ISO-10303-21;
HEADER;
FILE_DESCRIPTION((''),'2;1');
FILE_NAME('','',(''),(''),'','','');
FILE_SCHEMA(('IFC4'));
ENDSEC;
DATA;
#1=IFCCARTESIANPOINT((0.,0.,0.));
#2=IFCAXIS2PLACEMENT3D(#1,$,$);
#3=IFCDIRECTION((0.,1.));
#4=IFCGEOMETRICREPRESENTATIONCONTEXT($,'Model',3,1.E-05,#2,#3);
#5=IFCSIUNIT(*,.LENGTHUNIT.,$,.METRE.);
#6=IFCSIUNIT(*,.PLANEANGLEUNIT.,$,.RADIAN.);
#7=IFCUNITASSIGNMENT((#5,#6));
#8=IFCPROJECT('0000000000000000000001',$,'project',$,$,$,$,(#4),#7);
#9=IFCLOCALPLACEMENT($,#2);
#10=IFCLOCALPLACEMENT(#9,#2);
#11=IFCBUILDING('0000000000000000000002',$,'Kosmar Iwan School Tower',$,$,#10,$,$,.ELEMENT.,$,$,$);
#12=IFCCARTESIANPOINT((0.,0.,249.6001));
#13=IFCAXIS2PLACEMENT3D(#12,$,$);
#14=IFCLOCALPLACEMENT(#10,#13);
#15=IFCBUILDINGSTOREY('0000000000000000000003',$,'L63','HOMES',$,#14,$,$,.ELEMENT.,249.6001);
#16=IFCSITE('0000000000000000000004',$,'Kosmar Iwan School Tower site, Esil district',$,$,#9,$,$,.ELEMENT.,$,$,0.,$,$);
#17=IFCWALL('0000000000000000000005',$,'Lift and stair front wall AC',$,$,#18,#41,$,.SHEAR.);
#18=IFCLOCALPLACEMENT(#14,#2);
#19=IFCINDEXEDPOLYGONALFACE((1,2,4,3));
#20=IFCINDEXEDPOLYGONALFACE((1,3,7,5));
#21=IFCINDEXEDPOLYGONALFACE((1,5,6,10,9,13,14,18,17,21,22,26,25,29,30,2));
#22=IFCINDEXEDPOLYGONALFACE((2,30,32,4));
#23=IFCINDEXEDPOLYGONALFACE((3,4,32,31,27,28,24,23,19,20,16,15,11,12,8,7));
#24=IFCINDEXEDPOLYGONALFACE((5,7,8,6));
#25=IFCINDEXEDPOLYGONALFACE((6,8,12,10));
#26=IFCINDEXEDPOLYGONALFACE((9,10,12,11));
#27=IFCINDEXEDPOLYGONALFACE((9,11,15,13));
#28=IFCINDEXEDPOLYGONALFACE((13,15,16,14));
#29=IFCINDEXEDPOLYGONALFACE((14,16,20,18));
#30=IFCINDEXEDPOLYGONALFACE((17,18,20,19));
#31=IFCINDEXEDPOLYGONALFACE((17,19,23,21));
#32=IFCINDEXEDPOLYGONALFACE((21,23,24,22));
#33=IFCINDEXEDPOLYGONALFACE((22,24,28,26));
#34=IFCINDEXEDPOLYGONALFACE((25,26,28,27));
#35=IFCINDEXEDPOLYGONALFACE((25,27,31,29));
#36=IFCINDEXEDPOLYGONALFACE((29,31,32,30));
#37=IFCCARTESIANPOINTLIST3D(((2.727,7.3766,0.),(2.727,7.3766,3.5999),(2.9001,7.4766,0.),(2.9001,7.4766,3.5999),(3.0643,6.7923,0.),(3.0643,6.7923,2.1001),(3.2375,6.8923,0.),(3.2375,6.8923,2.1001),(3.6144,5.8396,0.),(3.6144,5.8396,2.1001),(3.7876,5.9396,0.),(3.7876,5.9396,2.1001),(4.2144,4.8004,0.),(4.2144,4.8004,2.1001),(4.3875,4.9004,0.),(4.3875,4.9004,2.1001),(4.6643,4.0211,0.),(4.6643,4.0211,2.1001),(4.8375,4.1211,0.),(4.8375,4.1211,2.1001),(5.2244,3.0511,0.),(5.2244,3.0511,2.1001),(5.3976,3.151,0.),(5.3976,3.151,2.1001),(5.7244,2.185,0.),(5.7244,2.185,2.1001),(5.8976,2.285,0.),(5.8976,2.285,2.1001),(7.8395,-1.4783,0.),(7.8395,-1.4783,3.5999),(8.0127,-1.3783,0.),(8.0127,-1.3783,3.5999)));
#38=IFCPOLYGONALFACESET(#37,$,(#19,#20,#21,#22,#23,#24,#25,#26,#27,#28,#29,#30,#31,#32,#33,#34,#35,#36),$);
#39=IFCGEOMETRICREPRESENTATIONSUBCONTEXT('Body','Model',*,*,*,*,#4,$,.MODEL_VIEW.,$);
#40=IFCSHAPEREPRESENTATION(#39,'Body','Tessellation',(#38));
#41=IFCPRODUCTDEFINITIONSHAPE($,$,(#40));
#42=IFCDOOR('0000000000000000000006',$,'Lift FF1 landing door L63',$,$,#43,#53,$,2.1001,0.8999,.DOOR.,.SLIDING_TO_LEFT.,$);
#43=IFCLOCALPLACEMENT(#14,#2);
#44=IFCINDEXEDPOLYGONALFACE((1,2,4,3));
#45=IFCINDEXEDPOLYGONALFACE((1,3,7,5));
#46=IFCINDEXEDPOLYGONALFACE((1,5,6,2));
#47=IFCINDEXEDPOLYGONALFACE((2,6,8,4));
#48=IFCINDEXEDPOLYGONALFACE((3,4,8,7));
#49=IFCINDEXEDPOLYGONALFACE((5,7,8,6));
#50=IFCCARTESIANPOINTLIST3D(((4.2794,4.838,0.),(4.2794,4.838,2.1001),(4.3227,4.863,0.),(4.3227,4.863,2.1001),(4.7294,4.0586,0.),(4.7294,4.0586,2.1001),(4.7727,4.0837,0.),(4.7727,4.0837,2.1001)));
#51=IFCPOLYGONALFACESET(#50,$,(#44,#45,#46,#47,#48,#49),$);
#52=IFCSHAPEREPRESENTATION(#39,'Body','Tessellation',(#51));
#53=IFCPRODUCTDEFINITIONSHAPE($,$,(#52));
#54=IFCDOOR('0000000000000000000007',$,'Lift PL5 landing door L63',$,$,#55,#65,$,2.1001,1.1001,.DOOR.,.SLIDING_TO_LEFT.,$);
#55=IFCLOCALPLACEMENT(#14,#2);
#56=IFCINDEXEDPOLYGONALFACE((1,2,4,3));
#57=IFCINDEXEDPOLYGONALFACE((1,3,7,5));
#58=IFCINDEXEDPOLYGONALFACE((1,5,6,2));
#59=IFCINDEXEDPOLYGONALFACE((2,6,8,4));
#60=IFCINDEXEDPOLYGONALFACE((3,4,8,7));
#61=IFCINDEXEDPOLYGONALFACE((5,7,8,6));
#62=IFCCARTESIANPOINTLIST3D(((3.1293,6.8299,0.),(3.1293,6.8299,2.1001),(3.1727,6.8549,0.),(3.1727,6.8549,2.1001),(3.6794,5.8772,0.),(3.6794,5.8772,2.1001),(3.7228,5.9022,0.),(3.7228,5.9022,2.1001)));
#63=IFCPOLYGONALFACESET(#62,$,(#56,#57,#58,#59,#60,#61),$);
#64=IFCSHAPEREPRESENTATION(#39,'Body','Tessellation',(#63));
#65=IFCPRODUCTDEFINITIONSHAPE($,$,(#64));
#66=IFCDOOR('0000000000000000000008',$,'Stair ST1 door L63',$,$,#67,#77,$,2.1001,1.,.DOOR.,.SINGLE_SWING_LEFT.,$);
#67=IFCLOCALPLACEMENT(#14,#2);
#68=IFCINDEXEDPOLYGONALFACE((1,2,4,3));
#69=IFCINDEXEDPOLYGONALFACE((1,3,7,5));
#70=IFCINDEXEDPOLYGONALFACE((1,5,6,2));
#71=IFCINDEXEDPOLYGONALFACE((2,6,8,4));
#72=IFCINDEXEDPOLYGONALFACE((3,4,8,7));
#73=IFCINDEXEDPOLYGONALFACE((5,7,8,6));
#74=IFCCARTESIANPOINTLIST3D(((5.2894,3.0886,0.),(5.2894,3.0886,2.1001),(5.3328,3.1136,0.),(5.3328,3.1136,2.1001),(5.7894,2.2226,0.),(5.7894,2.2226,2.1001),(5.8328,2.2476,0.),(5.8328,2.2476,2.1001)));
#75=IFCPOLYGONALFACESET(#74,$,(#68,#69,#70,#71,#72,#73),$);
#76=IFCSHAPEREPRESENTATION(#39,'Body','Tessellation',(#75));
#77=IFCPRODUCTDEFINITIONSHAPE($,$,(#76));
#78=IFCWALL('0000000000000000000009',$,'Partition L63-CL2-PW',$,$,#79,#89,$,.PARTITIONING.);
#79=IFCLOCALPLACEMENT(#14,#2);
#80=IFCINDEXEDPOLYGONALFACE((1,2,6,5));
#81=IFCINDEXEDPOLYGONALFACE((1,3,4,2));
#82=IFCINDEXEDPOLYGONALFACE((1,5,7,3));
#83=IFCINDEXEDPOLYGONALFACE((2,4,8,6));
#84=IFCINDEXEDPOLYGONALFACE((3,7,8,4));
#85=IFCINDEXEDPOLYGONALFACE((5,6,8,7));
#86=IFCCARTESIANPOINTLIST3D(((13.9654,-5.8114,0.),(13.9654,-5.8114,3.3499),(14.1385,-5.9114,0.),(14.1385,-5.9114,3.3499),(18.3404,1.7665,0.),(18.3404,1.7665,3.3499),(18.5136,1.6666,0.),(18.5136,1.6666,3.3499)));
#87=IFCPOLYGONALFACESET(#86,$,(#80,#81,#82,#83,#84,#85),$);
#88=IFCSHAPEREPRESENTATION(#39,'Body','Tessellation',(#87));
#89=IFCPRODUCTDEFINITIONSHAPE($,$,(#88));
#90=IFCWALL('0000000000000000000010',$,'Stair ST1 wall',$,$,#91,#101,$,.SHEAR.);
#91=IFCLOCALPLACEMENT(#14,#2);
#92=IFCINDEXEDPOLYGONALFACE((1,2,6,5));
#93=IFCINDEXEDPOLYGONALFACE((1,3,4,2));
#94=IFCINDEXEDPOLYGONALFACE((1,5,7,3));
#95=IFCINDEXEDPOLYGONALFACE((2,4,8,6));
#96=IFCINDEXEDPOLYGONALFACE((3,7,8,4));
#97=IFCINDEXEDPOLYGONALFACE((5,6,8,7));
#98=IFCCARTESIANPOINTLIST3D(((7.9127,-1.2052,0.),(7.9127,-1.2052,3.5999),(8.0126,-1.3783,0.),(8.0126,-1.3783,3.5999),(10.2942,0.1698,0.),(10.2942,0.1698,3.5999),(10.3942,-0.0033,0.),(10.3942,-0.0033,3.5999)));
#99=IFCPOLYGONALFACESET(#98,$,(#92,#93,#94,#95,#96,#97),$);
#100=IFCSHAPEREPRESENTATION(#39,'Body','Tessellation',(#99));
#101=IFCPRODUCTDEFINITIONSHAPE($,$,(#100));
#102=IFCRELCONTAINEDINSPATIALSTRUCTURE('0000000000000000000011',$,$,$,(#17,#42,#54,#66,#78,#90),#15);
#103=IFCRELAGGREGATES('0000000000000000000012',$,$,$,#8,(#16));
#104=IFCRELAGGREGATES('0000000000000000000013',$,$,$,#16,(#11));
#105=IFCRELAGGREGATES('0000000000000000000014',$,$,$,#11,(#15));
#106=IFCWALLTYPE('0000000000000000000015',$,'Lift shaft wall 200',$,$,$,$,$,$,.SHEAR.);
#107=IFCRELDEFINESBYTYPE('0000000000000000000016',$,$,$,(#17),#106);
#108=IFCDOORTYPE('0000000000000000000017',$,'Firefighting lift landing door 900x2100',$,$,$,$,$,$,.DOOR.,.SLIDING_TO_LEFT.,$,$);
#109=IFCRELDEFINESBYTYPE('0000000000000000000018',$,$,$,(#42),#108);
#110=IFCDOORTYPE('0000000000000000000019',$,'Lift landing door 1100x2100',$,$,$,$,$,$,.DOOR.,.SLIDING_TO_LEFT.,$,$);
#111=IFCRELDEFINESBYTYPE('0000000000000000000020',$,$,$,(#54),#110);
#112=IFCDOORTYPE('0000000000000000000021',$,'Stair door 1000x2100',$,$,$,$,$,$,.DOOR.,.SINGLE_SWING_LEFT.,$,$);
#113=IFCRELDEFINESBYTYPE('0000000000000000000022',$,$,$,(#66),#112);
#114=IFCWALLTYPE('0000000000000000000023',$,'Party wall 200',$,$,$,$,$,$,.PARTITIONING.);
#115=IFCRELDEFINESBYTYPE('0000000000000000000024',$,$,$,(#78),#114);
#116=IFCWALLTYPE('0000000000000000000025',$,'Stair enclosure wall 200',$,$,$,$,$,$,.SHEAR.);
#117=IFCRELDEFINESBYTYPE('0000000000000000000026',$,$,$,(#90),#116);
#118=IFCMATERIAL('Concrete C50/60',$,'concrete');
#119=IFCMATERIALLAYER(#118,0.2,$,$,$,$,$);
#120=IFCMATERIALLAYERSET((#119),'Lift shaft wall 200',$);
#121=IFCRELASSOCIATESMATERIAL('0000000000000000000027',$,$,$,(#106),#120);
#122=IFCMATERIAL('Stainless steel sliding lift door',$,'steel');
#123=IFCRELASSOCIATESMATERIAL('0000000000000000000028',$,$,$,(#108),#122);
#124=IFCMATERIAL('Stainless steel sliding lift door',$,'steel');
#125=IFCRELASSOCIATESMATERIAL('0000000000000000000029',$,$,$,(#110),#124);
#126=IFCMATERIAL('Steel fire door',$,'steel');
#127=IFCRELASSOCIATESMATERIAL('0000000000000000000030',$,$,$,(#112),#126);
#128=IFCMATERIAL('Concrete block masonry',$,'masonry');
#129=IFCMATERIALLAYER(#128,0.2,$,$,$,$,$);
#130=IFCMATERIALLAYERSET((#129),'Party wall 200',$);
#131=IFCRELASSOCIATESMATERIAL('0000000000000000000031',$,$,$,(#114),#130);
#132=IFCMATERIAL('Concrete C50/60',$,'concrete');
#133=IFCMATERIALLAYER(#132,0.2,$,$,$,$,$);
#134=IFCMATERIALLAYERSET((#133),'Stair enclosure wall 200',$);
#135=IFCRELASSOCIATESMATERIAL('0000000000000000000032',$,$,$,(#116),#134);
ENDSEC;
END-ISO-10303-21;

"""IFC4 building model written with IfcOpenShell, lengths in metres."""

from ifc_helpers import new_model, si_unit, direction, frame, frame_2d, origin, place, context, subcontext, project, spatial, rectangle, extrude, material, layer, layer_set, type_object, element, fill, save


model = new_model("IFC4")

# Units and contexts
model_context = context("Model", 3, precision=1e-05, world=origin(), true_north=direction((0.0, 1.0)))
body_context = subcontext(model_context, "Body", "Model", "MODEL_VIEW")
ifc_project = project(units=[si_unit("LENGTHUNIT", "METRE"), si_unit("PLANEANGLEUNIT", "RADIAN")], contexts=[model_context])

# Site, building, storey
site_placement = place(None, origin())
site = spatial("IfcSite", under=ifc_project, at=site_placement, Name="Kosmar Iwan School Tower site, Esil district", CompositionType="ELEMENT", RefElevation=0.0)
building_placement = place(site_placement, origin())
building = spatial("IfcBuilding", under=site, at=building_placement, Name="Kosmar Iwan School Tower", CompositionType="ELEMENT")
storey_placement = place(building_placement, frame((0.0, 0.0, 249.6001)))
storey = spatial("IfcBuildingStorey", under=building, at=storey_placement, Name="L63", Description="HOMES", CompositionType="ELEMENT", Elevation=249.6001)

# Wall, openings, doors
ifc_material_1 = material(Name="Concrete C50/60", Category="concrete")
ifc_layer_1 = layer(ifc_material_1, 0.2)
ifc_layer_set_1 = layer_set([ifc_layer_1], Name="Lift shaft wall 200")
wall_type_1 = type_object("IfcWallType", Name="Lift shaft wall 200", PredefinedType="SHEAR", material=ifc_layer_set_1)
wall_1_placement = place(storey_placement, frame((7.926, -1.4282, 0.0), z_axis=(0.0, 0.0, 1.0), x_axis=(-0.500009, 0.86602, 0.0)))
wall_1 = element("IfcWall", 1, at=wall_1_placement, inside=storey, type_object=wall_type_1, Name="Lift and stair front wall AC", PredefinedType="SHEAR", context=body_context, shape_type="SweptSolid", body=[
    extrude(rectangle(XDim=10.2249, YDim=0.2, at=frame_2d((5.1123, 0.0))), origin(), (0.0, 0.0, 1.0), 3.5999),
])
opening_1_placement = place(wall_1_placement, frame((6.3501, 0.0, 0.0)))
opening_1 = element("IfcOpeningElement", 2, at=opening_1_placement, cuts=wall_1, PredefinedType="OPENING", context=body_context, shape_type="SweptSolid", body=[
    extrude(rectangle(XDim=0.8999, YDim=2.1001, at=frame_2d((0.45, 1.05))), frame((0.0, 0.1121, 0.0), z_axis=(0.0, -1.0, 0.0), x_axis=(1.0, 0.0, 0.0)), (0.0, 0.0, 1.0), 0.2239),
])
opening_2_placement = place(wall_1_placement, frame((8.45, 0.0, 0.0)))
opening_2 = element("IfcOpeningElement", 3, at=opening_2_placement, cuts=wall_1, PredefinedType="OPENING", context=body_context, shape_type="SweptSolid", body=[
    extrude(rectangle(XDim=1.1001, YDim=2.1001, at=frame_2d((0.55, 1.05))), frame((0.0, 0.1121, 0.0), z_axis=(0.0, -1.0, 0.0), x_axis=(1.0, 0.0, 0.0)), (0.0, 0.0, 1.0), 0.2239),
])
opening_3_placement = place(wall_1_placement, frame((4.23, 0.0, 0.0)))
opening_3 = element("IfcOpeningElement", 4, at=opening_3_placement, cuts=wall_1, PredefinedType="OPENING", context=body_context, shape_type="SweptSolid", body=[
    extrude(rectangle(XDim=1.0, YDim=2.1001, at=frame_2d((0.5, 1.05))), frame((0.0, 0.1121, 0.0), z_axis=(0.0, -1.0, 0.0), x_axis=(1.0, 0.0, 0.0)), (0.0, 0.0, 1.0), 0.2239),
])
ifc_material_2 = material(Name="Stainless steel sliding lift door", Category="steel")
door_type_1 = type_object("IfcDoorType", Name="Firefighting lift landing door 900x2100", OperationType="SLIDING_TO_LEFT", PredefinedType="DOOR", material=ifc_material_2)
door_1_placement = place(opening_1_placement, origin())
door_1 = element("IfcDoor", 5, at=door_1_placement, inside=storey, type_object=door_type_1, Name="Lift FF1 landing door L63", OperationType="SLIDING_TO_LEFT", OverallHeight=2.1001, OverallWidth=0.8999, PredefinedType="DOOR", context=body_context, shape_type="SweptSolid", body=[
    extrude(rectangle(XDim=0.8999, YDim=2.1001, at=frame_2d((0.45, 1.05))), frame((0.0, 0.0249, 0.0), z_axis=(0.0, -1.0, 0.0), x_axis=(1.0, 0.0, 0.0)), (0.0, 0.0, 1.0), 0.05),
])
fill(opening_1, door_1)
ifc_material_3 = material(Name="Stainless steel sliding lift door", Category="steel")
door_type_2 = type_object("IfcDoorType", Name="Lift landing door 1100x2100", OperationType="SLIDING_TO_LEFT", PredefinedType="DOOR", material=ifc_material_3)
door_2_placement = place(opening_2_placement, origin())
door_2 = element("IfcDoor", 6, at=door_2_placement, inside=storey, type_object=door_type_2, Name="Lift PL5 landing door L63", OperationType="SLIDING_TO_LEFT", OverallHeight=2.1001, OverallWidth=1.1001, PredefinedType="DOOR", context=body_context, shape_type="SweptSolid", body=[
    extrude(rectangle(XDim=1.1001, YDim=2.1001, at=frame_2d((0.55, 1.05))), frame((0.0, 0.0249, 0.0), z_axis=(0.0, -1.0, 0.0), x_axis=(1.0, 0.0, 0.0)), (0.0, 0.0, 1.0), 0.05),
])
fill(opening_2, door_2)
ifc_material_4 = material(Name="Steel fire door", Category="steel")
door_type_3 = type_object("IfcDoorType", Name="Stair door 1000x2100", OperationType="SINGLE_SWING_LEFT", PredefinedType="DOOR", material=ifc_material_4)
door_3_placement = place(opening_3_placement, origin())
door_3 = element("IfcDoor", 7, at=door_3_placement, inside=storey, type_object=door_type_3, Name="Stair ST1 door L63", OperationType="SINGLE_SWING_LEFT", OverallHeight=2.1001, OverallWidth=1.0, PredefinedType="DOOR", context=body_context, shape_type="SweptSolid", body=[
    extrude(rectangle(XDim=1.0, YDim=2.1001, at=frame_2d((0.5, 1.05))), frame((0.0, 0.0249, 0.0), z_axis=(0.0, -1.0, 0.0), x_axis=(1.0, 0.0, 0.0)), (0.0, 0.0, 1.0), 0.05),
])
fill(opening_3, door_3)

# Walls
ifc_material_5 = material(Name="Concrete block masonry", Category="masonry")
ifc_layer_2 = layer(ifc_material_5, 0.2)
ifc_layer_set_2 = layer_set([ifc_layer_2], Name="Party wall 200")
wall_type_2 = type_object("IfcWallType", Name="Party wall 200", PredefinedType="PARTITIONING", material=ifc_layer_set_2)
wall_2_placement = place(storey_placement, frame((14.052, -5.8613, 0.0), z_axis=(0.0, 0.0, 1.0), x_axis=(0.499992, 0.86603, 0.0)))
element("IfcWall", 8, at=wall_2_placement, inside=storey, type_object=wall_type_2, Name="Partition L63-CL2-PW", PredefinedType="PARTITIONING", context=body_context, shape_type="SweptSolid", body=[
    extrude(rectangle(XDim=8.7502, YDim=0.2, at=frame_2d((4.375, 0.0))), origin(), (0.0, 0.0, 1.0), 3.3499),
])
ifc_material_6 = material(Name="Concrete C50/60", Category="concrete")
ifc_layer_3 = layer(ifc_material_6, 0.2)
ifc_layer_set_3 = layer_set([ifc_layer_3], Name="Stair enclosure wall 200")
wall_type_3 = type_object("IfcWallType", Name="Stair enclosure wall 200", PredefinedType="SHEAR", material=ifc_layer_set_3)
wall_3_placement = place(storey_placement, frame((7.9626, -1.2917, 0.0), z_axis=(0.0, 0.0, 1.0), x_axis=(0.866027, 0.499997, 0.0)))
element("IfcWall", 9, at=wall_3_placement, inside=storey, type_object=wall_type_3, Name="Stair ST1 wall", PredefinedType="SHEAR", context=body_context, shape_type="SweptSolid", body=[
    extrude(rectangle(XDim=2.75, YDim=0.2, at=frame_2d((1.375, 0.0))), origin(), (0.0, 0.0, 1.0), 3.5999),
])

save(model, "model.ifc")
